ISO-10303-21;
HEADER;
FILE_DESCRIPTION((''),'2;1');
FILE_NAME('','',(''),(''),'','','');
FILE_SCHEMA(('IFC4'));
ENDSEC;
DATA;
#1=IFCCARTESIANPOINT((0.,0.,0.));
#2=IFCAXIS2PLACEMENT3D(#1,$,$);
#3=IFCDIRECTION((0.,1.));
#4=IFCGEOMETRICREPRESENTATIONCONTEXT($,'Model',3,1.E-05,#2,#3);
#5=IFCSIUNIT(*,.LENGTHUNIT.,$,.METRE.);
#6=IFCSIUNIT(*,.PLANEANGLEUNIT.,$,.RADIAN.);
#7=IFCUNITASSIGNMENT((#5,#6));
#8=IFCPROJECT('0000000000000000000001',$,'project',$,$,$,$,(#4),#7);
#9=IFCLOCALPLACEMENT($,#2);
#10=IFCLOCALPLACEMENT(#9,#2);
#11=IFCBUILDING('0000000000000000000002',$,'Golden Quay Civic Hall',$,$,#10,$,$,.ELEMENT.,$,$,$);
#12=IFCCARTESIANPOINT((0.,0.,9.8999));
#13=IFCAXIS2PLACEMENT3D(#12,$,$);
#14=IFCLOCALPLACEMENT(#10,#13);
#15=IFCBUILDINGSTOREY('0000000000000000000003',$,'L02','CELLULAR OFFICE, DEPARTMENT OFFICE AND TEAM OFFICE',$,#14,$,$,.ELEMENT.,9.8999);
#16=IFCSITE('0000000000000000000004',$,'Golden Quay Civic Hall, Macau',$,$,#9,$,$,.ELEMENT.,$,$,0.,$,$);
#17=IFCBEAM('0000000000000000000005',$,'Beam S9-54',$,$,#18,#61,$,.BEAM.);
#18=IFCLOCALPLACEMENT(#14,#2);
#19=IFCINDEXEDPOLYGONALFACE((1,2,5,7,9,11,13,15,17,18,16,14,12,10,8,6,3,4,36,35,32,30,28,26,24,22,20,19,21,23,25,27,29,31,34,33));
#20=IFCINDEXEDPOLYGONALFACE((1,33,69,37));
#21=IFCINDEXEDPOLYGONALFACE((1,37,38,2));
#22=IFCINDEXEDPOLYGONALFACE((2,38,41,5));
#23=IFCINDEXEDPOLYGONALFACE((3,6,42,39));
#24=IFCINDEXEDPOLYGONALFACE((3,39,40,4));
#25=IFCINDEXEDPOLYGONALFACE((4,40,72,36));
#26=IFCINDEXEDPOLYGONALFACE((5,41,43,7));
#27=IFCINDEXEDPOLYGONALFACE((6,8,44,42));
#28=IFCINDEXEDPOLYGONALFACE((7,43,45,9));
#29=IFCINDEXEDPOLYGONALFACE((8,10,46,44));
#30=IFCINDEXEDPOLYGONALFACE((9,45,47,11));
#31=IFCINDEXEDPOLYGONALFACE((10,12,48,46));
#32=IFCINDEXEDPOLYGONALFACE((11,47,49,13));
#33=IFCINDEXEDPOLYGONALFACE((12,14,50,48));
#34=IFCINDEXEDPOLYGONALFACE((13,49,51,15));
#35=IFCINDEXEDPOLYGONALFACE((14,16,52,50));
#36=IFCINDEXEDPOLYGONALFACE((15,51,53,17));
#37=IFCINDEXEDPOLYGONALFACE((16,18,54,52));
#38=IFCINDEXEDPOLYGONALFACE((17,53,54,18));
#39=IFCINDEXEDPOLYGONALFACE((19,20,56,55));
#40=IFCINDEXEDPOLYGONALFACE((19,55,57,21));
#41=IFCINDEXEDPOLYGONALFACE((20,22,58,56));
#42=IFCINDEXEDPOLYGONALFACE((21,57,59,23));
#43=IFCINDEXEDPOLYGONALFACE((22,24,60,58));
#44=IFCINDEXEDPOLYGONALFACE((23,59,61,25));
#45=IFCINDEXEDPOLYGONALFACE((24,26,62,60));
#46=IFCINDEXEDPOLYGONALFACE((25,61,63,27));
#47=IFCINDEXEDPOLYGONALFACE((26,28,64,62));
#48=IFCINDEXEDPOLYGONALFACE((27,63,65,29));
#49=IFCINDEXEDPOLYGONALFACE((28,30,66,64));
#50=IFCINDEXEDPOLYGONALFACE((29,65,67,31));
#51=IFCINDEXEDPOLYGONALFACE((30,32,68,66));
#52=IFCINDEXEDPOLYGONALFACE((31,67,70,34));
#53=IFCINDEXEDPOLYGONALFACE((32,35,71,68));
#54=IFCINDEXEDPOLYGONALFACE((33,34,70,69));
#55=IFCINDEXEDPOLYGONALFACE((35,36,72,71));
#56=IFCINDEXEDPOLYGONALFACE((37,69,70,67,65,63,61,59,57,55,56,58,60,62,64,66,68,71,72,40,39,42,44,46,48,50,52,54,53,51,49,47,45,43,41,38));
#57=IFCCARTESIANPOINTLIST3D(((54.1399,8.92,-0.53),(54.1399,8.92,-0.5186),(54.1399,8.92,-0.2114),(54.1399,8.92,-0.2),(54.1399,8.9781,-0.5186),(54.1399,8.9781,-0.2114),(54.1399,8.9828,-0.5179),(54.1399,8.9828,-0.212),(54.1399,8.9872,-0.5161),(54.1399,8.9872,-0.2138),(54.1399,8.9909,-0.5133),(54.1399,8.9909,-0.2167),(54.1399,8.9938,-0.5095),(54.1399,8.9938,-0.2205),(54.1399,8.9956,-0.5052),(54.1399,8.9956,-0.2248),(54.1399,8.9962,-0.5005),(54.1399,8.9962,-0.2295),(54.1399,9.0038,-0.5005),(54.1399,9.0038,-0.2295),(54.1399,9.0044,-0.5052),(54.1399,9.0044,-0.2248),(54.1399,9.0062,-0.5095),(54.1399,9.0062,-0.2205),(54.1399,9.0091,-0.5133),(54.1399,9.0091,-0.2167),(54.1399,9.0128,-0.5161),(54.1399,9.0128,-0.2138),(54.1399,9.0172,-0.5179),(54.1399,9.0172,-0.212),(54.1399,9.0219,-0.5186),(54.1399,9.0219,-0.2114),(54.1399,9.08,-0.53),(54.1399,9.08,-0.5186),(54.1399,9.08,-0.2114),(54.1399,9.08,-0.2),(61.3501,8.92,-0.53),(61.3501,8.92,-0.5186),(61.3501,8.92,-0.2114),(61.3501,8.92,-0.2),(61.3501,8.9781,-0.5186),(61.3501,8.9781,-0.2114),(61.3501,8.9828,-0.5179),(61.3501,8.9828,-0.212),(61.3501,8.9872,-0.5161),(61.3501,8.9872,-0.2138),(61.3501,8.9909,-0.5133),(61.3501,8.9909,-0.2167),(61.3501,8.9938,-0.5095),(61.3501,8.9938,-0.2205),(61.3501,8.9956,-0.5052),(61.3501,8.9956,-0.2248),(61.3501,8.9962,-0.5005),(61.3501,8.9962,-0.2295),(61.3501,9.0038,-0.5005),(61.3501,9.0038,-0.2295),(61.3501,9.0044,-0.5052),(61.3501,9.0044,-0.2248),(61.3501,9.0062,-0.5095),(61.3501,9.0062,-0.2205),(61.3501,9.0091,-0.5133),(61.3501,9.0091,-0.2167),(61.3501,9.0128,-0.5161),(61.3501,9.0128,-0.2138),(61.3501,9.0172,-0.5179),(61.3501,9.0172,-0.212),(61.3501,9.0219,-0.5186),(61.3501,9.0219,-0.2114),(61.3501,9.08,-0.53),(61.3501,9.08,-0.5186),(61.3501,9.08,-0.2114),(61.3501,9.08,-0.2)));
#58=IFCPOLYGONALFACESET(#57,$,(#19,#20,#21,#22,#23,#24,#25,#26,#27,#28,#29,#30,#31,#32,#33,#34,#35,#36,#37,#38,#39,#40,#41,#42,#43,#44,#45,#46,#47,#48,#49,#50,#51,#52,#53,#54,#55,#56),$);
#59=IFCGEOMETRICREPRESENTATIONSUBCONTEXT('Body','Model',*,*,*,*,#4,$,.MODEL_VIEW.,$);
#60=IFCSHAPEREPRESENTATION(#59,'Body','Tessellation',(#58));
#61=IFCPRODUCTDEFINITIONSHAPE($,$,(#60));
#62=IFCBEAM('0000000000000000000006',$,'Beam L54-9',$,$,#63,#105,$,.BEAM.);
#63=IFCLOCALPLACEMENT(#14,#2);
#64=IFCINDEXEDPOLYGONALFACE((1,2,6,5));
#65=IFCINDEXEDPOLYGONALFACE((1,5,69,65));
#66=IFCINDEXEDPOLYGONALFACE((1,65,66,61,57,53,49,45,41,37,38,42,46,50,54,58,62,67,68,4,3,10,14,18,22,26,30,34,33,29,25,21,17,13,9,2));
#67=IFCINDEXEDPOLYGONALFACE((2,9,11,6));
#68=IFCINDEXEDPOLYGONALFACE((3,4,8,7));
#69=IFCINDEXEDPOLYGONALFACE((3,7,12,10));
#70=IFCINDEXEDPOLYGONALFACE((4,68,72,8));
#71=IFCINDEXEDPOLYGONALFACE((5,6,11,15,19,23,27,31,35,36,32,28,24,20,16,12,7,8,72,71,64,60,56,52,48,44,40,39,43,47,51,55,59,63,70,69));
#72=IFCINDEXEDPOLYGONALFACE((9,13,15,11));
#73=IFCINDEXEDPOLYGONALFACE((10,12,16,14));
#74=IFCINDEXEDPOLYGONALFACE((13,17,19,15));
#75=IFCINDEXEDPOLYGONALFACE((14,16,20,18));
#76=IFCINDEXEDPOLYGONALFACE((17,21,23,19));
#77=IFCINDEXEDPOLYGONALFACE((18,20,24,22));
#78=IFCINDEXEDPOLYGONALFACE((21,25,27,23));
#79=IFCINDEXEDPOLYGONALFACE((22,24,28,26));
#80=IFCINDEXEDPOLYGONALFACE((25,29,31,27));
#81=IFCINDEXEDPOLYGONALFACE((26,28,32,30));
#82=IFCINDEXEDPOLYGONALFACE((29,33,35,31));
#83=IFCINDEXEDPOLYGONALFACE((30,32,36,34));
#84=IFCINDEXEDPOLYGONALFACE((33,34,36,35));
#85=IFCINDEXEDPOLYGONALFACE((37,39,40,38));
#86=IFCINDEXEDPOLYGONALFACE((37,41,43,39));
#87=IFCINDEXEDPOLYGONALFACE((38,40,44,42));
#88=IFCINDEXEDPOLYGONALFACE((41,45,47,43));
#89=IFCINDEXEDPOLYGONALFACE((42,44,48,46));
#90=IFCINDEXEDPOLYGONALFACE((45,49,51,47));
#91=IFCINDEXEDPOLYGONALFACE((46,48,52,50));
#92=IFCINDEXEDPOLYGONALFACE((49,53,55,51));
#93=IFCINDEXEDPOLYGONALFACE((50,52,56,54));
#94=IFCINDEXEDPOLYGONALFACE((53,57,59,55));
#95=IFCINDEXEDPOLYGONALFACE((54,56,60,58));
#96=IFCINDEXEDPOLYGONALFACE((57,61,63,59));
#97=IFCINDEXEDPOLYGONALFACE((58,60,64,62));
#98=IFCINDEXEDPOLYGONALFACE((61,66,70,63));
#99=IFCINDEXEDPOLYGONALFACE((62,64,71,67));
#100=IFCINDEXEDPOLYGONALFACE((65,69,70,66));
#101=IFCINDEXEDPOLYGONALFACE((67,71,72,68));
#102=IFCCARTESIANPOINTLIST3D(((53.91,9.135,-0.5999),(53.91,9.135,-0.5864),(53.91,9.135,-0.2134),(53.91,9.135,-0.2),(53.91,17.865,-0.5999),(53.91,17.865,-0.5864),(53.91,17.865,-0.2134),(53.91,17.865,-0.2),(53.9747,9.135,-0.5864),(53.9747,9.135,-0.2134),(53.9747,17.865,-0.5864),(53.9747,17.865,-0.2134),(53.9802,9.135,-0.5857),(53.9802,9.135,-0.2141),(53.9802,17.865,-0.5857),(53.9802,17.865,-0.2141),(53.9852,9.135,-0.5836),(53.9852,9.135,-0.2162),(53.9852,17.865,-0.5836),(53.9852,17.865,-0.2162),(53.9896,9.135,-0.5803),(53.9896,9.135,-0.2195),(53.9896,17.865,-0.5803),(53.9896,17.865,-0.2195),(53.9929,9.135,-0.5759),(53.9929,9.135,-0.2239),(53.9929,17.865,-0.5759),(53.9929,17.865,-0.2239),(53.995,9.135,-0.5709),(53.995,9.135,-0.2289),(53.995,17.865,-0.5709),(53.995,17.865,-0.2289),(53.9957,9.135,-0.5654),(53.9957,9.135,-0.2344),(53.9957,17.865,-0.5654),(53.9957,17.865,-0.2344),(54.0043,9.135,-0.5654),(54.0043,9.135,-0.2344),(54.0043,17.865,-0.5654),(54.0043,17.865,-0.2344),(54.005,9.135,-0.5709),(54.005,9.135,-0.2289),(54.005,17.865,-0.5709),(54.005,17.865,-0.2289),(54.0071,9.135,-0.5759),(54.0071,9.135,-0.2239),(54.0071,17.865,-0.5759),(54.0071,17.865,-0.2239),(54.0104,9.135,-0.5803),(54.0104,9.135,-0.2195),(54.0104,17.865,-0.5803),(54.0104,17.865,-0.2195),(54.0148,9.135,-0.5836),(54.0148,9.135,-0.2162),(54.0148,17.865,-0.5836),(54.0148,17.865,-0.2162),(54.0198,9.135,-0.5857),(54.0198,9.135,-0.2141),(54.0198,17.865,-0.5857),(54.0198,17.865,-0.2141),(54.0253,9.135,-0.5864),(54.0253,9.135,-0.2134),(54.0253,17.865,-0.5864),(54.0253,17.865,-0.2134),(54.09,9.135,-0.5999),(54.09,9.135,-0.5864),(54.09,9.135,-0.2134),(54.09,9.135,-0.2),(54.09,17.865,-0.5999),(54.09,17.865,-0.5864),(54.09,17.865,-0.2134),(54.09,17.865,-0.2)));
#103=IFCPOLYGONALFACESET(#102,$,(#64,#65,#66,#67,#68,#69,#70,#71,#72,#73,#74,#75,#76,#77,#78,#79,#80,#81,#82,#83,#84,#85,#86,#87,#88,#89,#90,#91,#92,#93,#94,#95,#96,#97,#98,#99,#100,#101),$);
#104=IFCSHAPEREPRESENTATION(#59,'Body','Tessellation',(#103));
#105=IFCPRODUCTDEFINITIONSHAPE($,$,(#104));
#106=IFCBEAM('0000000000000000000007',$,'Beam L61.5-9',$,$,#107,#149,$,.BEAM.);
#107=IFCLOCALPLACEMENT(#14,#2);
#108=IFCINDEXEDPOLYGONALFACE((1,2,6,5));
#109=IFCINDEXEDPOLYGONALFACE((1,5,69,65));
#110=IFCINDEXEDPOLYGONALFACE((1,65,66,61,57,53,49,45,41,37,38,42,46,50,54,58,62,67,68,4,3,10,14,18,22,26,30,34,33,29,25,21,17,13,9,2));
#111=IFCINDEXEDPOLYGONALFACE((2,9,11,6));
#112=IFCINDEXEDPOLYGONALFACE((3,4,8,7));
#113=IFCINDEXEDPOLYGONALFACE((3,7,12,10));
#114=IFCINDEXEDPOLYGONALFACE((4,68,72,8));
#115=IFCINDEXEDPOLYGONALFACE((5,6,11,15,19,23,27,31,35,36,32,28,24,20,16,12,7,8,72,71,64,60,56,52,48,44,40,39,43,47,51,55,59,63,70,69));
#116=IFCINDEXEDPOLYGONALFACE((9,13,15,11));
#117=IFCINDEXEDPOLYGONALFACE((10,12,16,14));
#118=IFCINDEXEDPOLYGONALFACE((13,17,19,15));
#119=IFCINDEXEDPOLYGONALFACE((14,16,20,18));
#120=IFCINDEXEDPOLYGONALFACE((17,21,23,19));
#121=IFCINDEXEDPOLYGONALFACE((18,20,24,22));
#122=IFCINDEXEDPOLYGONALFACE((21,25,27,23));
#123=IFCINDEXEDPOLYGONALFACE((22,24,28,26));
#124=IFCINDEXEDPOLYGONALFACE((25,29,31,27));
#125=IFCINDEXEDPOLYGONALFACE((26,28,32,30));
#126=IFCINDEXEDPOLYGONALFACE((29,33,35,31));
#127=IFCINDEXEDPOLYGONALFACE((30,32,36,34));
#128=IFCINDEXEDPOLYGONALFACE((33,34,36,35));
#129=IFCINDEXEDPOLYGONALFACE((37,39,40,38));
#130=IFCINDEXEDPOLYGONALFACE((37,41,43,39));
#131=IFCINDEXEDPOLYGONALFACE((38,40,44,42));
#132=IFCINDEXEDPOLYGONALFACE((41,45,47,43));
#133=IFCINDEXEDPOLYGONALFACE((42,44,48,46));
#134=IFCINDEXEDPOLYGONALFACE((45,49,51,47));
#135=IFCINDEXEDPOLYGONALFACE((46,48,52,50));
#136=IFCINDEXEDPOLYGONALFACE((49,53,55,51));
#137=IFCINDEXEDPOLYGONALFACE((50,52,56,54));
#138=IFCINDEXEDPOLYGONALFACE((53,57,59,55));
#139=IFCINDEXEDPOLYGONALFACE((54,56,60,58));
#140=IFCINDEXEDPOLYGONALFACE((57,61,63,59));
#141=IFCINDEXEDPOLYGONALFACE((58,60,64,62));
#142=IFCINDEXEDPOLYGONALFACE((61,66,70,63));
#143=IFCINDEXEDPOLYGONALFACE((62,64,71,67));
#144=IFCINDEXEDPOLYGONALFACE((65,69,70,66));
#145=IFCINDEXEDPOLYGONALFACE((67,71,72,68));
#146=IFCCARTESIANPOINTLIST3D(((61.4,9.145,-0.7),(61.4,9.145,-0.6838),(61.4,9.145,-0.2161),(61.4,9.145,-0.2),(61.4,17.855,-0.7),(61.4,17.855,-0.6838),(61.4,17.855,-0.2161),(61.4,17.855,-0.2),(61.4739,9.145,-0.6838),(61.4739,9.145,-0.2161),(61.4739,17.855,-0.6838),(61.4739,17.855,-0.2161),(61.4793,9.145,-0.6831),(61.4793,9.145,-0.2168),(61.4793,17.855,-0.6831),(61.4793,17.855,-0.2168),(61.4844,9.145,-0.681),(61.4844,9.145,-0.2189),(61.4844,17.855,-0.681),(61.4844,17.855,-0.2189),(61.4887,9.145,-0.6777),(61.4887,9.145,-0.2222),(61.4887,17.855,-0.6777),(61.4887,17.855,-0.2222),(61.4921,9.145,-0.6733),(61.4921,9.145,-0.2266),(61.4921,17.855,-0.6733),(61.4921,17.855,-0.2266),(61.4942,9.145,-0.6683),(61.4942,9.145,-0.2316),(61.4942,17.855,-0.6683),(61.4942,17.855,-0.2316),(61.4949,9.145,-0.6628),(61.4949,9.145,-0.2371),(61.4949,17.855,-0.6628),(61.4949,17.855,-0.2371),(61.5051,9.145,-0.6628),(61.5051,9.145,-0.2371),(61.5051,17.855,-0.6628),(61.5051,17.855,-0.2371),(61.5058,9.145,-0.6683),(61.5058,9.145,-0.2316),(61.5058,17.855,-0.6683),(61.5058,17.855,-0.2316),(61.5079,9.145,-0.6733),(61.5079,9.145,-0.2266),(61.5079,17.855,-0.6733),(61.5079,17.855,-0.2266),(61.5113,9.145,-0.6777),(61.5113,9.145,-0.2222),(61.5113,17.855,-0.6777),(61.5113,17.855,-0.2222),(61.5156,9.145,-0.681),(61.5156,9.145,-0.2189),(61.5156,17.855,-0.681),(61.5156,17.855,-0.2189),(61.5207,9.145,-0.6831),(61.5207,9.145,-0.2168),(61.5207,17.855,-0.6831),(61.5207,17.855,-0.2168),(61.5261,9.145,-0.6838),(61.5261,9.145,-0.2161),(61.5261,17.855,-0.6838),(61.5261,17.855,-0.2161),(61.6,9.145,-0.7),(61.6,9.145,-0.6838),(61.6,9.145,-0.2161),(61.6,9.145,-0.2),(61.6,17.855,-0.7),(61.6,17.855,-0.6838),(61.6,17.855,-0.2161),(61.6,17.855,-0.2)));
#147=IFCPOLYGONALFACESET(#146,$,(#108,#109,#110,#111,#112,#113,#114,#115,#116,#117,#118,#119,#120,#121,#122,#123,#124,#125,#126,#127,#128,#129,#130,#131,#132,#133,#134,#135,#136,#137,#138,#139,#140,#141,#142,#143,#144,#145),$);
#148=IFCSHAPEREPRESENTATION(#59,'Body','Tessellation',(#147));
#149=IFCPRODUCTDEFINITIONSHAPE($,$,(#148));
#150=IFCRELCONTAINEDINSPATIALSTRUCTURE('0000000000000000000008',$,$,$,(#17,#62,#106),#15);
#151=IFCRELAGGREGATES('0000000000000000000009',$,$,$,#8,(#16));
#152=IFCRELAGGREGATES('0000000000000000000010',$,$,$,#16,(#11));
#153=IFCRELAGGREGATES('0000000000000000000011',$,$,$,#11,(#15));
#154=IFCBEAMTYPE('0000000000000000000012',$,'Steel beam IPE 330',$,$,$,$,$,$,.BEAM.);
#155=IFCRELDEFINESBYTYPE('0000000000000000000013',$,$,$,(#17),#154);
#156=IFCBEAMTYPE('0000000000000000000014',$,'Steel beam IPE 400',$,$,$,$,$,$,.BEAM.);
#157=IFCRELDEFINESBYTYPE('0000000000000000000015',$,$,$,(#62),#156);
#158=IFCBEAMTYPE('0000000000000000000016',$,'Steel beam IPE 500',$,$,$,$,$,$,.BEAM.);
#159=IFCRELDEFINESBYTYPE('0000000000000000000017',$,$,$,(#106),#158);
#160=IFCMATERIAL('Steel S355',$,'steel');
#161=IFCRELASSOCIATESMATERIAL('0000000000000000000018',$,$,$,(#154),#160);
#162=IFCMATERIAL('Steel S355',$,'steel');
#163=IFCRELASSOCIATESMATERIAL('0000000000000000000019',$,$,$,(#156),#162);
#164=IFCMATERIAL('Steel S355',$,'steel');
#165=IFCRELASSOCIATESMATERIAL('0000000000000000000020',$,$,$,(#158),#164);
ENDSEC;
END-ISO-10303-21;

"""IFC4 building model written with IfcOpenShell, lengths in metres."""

from ifc_helpers import new_model, si_unit, direction, frame, origin, origin_2d, place, context, subcontext, project, spatial, i_section, extrude, material, material_profile, profile_set, type_object, element, save


model = new_model("IFC4")

# Units and contexts
model_context = context("Model", 3, precision=1e-05, world=origin(), true_north=direction((0.0, 1.0)))
body_context = subcontext(model_context, "Body", "Model", "MODEL_VIEW")
ifc_project = project(units=[si_unit("LENGTHUNIT", "METRE"), si_unit("PLANEANGLEUNIT", "RADIAN")], contexts=[model_context])

# Site, building, storey
site_placement = place(None, origin())
site = spatial("IfcSite", under=ifc_project, at=site_placement, Name="Golden Quay Civic Hall, Macau", CompositionType="ELEMENT", RefElevation=0.0)
building_placement = place(site_placement, origin())
building = spatial("IfcBuilding", under=site, at=building_placement, Name="Golden Quay Civic Hall", CompositionType="ELEMENT")
storey_placement = place(building_placement, frame((0.0, 0.0, 9.8999)))
storey = spatial("IfcBuildingStorey", under=building, at=storey_placement, Name="L02", Description="CELLULAR OFFICE, DEPARTMENT OFFICE AND TEAM OFFICE", CompositionType="ELEMENT", Elevation=9.8999)

# Beams
ifc_material_1 = material(Name="Steel S355", Category="steel")
ifc_material_profile_1 = material_profile(ifc_material_1, i_section(OverallWidth=0.1599, OverallDepth=0.3301, WebThickness=0.0076, FlangeThickness=0.0115, FilletRadius=0.0181, at=origin_2d()), Name="IPE 330")
ifc_profile_set_1 = profile_set([ifc_material_profile_1], Name="Steel S355")
beam_type_1 = type_object("IfcBeamType", Name="Steel beam IPE 330", PredefinedType="BEAM", material=ifc_profile_set_1)
beam_1_placement = place(storey_placement, frame((54.1399, 9.0, -0.365), z_axis=(1.0, 0.0, 0.0), x_axis=(0.0, 1.0, 0.0)))
element("IfcBeam", 1, at=beam_1_placement, inside=storey, type_object=beam_type_1, Name="Beam S9-54", PredefinedType="BEAM", context=body_context, shape_type="SweptSolid", body=[
    extrude(i_section(OverallWidth=0.1599, OverallDepth=0.3301, WebThickness=0.0076, FlangeThickness=0.0115, FilletRadius=0.0181, at=origin_2d()), origin(), (0.0, 0.0, 1.0), 7.2102),
])
ifc_material_2 = material(Name="Steel S355", Category="steel")
ifc_material_profile_2 = material_profile(ifc_material_2, i_section(OverallWidth=0.1799, OverallDepth=0.3999, WebThickness=0.0085, FlangeThickness=0.0134, FilletRadius=0.021, at=origin_2d()), Name="IPE 400")
ifc_profile_set_2 = profile_set([ifc_material_profile_2], Name="Steel S355")
beam_type_2 = type_object("IfcBeamType", Name="Steel beam IPE 400", PredefinedType="BEAM", material=ifc_profile_set_2)
beam_2_placement = place(storey_placement, frame((54.0, 9.135, -0.3999), z_axis=(0.0, 1.0, 0.0), x_axis=(-1.0, 0.0, 0.0)))
element("IfcBeam", 2, at=beam_2_placement, inside=storey, type_object=beam_type_2, Name="Beam L54-9", PredefinedType="BEAM", context=body_context, shape_type="SweptSolid", body=[
    extrude(i_section(OverallWidth=0.1799, OverallDepth=0.3999, WebThickness=0.0085, FlangeThickness=0.0134, FilletRadius=0.021, at=origin_2d()), origin(), (0.0, 0.0, 1.0), 8.73),
])
ifc_material_3 = material(Name="Steel S355", Category="steel")
ifc_material_profile_3 = material_profile(ifc_material_3, i_section(OverallWidth=0.2, OverallDepth=0.5, WebThickness=0.0103, FlangeThickness=0.0161, FilletRadius=0.021, at=origin_2d()), Name="IPE 500")
ifc_profile_set_3 = profile_set([ifc_material_profile_3], Name="Steel S355")
beam_type_3 = type_object("IfcBeamType", Name="Steel beam IPE 500", PredefinedType="BEAM", material=ifc_profile_set_3)
beam_3_placement = place(storey_placement, frame((61.5, 9.145, -0.45), z_axis=(0.0, 1.0, 0.0), x_axis=(-1.0, 0.0, 0.0)))
element("IfcBeam", 3, at=beam_3_placement, inside=storey, type_object=beam_type_3, Name="Beam L61.5-9", PredefinedType="BEAM", context=body_context, shape_type="SweptSolid", body=[
    extrude(i_section(OverallWidth=0.2, OverallDepth=0.5, WebThickness=0.0103, FlangeThickness=0.0161, FilletRadius=0.021, at=origin_2d()), origin(), (0.0, 0.0, 1.0), 8.71),
])

save(model, "model.ifc")
